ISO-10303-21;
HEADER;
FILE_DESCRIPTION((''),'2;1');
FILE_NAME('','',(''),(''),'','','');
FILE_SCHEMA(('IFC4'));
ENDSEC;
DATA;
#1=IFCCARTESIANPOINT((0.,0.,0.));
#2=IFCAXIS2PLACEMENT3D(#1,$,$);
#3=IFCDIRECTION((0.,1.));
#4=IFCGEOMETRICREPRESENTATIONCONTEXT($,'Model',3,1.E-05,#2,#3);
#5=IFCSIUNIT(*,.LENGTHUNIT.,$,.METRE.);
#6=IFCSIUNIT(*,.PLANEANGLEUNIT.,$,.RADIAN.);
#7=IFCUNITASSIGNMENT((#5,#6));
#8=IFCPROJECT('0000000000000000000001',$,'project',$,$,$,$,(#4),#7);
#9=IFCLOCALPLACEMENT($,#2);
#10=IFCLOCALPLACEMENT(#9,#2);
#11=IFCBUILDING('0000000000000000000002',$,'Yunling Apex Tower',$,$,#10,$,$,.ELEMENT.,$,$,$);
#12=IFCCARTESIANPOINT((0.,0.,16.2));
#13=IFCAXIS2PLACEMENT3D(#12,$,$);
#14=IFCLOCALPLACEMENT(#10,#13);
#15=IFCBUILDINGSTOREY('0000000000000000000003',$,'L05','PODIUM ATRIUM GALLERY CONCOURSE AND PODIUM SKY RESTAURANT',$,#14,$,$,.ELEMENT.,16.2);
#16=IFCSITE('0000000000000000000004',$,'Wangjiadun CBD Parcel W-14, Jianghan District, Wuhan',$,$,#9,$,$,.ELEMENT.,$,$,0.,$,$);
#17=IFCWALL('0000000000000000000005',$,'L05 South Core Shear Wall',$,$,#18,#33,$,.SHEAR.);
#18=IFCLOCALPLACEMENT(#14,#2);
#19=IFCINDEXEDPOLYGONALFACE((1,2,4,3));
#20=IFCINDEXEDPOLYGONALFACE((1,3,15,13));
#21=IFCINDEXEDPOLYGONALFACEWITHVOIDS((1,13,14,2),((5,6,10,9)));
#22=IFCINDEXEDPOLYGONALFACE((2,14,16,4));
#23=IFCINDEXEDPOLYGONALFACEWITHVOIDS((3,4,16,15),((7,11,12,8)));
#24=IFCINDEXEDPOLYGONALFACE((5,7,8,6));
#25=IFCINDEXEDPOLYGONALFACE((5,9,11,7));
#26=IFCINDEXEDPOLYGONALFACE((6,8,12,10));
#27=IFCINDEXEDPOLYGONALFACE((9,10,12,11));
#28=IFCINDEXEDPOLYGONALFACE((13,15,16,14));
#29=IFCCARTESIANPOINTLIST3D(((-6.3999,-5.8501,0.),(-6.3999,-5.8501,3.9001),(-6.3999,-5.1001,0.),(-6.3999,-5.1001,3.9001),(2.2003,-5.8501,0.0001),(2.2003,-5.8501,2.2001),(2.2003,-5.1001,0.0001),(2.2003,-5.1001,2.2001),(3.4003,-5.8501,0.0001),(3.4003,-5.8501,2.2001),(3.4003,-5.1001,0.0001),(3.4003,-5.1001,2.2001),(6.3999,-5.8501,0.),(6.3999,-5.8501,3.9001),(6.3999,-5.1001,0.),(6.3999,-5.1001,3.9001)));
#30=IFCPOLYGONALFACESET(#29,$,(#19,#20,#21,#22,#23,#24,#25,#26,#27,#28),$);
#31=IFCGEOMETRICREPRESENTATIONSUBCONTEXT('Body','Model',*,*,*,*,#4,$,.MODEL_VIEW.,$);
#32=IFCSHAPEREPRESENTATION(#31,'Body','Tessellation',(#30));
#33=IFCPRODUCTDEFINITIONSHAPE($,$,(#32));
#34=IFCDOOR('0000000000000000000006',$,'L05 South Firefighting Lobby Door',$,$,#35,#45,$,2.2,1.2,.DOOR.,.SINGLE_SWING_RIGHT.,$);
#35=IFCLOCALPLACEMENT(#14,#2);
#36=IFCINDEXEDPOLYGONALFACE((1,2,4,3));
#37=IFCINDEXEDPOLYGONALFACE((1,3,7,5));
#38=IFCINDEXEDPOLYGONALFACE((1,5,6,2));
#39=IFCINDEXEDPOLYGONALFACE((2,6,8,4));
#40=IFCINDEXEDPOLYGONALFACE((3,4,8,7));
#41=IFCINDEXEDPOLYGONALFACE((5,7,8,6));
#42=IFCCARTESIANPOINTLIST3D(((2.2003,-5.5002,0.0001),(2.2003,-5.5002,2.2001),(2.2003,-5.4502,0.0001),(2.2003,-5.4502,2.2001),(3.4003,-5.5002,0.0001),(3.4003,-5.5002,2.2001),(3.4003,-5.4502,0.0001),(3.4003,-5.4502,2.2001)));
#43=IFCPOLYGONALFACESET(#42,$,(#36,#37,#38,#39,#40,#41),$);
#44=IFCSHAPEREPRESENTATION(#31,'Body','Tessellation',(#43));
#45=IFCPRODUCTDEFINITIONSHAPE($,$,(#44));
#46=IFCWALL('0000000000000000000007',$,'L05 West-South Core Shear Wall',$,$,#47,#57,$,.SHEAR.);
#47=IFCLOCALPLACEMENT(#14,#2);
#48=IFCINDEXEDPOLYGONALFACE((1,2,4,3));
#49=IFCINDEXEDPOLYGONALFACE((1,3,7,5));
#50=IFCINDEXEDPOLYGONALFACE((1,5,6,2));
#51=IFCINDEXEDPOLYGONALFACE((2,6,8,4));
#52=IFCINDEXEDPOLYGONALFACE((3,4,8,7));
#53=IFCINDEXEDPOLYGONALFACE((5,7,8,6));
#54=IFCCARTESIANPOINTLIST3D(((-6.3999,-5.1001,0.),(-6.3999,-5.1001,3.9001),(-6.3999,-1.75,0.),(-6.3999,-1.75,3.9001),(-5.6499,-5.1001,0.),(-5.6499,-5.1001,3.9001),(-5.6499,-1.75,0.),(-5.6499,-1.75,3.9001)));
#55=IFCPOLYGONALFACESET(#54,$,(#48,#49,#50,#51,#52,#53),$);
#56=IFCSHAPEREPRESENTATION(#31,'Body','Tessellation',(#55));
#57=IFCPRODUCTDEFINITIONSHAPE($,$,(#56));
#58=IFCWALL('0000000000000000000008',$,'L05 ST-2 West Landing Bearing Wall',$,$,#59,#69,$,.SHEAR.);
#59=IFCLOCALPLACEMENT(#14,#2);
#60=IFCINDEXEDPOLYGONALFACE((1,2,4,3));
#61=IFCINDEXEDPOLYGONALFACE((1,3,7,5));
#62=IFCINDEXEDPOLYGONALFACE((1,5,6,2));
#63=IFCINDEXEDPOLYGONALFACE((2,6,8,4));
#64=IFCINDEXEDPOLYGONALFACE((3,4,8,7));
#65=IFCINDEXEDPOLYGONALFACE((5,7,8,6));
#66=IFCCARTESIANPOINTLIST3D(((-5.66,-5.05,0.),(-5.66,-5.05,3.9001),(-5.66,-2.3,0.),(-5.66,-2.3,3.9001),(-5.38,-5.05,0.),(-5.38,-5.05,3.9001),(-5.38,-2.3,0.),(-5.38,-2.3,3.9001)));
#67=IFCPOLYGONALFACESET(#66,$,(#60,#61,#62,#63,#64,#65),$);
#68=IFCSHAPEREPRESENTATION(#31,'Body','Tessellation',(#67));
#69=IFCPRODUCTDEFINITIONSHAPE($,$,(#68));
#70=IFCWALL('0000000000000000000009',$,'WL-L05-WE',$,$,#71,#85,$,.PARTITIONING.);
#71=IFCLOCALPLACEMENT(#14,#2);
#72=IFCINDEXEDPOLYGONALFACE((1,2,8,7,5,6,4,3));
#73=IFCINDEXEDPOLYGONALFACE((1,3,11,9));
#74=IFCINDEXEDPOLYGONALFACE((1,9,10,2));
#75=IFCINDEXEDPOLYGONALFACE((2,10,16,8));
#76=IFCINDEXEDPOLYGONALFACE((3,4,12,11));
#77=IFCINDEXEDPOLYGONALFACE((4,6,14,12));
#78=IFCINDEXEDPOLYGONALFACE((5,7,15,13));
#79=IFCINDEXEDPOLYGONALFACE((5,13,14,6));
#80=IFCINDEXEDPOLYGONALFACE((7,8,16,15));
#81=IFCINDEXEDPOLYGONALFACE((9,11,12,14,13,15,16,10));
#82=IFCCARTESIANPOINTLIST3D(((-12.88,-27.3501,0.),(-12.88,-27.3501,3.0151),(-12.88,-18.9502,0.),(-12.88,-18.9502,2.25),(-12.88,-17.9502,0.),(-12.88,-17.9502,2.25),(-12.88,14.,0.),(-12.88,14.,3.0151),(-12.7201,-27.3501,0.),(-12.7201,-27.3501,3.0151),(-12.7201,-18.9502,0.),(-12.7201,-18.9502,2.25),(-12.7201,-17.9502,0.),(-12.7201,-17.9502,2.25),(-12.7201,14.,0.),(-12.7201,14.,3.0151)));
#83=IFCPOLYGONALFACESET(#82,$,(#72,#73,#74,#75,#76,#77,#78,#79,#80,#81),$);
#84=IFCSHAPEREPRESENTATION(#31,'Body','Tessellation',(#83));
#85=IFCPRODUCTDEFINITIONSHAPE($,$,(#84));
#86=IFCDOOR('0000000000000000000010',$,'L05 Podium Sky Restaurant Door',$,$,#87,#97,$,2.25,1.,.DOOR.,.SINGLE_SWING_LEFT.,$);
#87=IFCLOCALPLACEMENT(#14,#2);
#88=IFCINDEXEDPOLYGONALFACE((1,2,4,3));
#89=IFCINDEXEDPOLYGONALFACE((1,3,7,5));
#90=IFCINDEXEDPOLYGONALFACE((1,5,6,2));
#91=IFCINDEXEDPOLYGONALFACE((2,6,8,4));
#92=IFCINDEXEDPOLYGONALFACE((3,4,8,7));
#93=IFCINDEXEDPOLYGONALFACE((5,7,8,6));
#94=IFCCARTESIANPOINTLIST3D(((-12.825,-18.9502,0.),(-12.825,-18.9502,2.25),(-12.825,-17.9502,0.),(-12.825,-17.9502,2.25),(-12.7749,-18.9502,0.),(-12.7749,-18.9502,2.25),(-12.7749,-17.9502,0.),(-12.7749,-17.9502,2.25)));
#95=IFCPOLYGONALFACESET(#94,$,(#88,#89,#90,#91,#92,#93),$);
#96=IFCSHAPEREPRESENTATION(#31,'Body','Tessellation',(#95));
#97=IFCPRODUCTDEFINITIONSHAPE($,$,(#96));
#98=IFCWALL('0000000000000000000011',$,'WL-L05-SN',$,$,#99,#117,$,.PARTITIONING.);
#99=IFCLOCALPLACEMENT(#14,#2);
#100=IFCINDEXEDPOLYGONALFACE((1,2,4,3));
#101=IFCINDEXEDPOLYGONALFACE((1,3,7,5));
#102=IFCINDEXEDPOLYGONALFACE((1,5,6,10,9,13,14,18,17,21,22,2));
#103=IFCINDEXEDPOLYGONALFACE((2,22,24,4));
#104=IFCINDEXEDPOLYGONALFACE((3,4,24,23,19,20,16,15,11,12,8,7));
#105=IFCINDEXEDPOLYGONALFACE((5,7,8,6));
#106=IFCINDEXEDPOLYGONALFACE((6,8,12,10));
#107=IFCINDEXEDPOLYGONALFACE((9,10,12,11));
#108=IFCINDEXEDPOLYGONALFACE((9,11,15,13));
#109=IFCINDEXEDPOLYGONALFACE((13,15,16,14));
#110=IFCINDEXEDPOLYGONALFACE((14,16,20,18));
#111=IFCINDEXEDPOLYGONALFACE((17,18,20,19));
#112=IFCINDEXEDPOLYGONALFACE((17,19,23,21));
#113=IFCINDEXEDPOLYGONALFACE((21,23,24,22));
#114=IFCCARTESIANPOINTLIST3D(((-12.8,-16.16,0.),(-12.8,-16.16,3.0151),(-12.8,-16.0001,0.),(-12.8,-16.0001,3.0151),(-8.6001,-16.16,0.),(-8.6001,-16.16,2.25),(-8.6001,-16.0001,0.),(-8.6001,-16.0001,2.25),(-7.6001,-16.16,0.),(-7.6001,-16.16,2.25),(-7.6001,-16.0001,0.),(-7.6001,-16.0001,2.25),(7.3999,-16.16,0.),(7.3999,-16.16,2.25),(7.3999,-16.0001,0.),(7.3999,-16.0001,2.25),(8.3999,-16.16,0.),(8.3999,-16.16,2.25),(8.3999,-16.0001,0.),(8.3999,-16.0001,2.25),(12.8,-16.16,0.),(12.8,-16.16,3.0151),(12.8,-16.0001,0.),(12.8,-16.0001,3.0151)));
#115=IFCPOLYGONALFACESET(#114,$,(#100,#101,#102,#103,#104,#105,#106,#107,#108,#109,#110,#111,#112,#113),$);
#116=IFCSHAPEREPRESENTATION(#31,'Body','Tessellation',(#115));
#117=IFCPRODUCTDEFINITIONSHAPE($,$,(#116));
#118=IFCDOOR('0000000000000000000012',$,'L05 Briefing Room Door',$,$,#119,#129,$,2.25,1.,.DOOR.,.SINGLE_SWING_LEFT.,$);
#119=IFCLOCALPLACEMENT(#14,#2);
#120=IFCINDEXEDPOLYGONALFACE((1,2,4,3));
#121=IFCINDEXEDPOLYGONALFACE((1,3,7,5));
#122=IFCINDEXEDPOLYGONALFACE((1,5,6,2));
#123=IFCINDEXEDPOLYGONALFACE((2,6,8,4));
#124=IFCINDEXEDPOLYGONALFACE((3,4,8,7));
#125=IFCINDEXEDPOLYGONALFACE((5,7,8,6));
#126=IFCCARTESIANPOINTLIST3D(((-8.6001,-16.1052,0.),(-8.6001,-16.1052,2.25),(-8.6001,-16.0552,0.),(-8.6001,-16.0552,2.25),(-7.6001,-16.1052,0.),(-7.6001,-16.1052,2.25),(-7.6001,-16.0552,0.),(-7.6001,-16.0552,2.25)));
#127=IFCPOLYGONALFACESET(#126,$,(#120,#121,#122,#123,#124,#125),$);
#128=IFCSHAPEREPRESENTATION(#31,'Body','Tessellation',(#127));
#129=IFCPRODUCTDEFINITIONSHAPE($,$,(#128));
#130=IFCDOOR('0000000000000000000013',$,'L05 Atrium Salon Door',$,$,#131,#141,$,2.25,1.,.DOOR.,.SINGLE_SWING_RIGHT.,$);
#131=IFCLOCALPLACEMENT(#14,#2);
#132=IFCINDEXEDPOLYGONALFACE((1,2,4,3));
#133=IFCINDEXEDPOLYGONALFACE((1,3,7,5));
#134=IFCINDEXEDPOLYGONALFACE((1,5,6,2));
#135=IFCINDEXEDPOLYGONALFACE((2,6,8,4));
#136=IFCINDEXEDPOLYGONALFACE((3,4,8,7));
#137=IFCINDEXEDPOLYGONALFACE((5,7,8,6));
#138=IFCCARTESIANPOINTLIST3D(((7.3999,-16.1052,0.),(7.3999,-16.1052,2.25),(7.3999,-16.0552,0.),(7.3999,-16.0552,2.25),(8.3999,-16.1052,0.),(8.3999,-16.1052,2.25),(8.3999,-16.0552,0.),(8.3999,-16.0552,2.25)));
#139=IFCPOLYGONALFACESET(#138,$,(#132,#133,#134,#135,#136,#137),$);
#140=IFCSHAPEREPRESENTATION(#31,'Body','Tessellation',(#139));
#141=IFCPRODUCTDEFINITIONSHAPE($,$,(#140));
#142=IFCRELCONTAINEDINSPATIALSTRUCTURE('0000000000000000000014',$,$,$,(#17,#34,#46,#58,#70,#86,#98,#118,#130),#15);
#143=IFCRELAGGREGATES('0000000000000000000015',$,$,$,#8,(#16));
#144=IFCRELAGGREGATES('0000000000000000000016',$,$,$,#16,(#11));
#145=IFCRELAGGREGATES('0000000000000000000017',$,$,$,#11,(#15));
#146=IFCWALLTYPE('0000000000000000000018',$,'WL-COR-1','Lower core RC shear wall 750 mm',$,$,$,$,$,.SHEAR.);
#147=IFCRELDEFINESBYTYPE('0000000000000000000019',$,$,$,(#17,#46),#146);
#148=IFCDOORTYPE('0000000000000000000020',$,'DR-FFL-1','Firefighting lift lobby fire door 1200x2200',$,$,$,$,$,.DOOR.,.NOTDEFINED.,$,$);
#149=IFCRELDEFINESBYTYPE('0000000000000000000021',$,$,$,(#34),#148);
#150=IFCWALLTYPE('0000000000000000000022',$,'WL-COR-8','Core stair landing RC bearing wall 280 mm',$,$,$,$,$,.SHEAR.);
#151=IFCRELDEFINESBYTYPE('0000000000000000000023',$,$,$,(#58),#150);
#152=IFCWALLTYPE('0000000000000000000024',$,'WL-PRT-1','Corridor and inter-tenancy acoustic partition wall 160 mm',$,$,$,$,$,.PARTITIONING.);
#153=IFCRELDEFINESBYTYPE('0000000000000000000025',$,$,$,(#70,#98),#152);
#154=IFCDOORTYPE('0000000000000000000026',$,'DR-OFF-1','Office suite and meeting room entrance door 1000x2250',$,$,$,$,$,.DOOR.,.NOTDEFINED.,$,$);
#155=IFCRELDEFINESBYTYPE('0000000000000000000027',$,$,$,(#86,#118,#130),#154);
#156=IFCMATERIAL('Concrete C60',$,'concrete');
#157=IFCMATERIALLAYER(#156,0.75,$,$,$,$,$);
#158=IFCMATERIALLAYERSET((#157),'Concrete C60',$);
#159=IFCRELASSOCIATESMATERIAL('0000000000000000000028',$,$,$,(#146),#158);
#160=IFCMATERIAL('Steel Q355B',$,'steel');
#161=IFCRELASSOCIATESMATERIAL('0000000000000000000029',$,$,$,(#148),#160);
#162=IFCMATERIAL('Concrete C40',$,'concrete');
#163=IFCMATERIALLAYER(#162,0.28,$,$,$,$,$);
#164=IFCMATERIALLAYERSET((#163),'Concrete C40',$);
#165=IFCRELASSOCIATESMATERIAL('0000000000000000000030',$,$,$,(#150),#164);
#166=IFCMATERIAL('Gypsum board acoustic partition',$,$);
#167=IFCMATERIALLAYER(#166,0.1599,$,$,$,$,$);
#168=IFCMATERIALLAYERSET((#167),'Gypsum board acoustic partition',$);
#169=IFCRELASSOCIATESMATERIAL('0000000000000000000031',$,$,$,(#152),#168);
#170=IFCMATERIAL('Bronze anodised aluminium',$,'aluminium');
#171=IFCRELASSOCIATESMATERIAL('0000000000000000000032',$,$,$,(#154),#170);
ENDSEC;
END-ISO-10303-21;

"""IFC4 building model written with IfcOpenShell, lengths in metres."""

from ifc_helpers import new_model, si_unit, direction, frame, frame_2d, origin, place, context, subcontext, project, spatial, rectangle, extrude, material, layer, layer_set, type_object, element, fill, save


model = new_model("IFC4")

# Units and contexts
model_context = context("Model", 3, precision=1e-05, world=origin(), true_north=direction((0.0, 1.0)))
body_context = subcontext(model_context, "Body", "Model", "MODEL_VIEW")
ifc_project = project(units=[si_unit("LENGTHUNIT", "METRE"), si_unit("PLANEANGLEUNIT", "RADIAN")], contexts=[model_context])

# Site, building, storey
site_placement = place(None, origin())
site = spatial("IfcSite", under=ifc_project, at=site_placement, Name="Wangjiadun CBD Parcel W-14, Jianghan District, Wuhan", CompositionType="ELEMENT", RefElevation=0.0)
building_placement = place(site_placement, origin())
building = spatial("IfcBuilding", under=site, at=building_placement, Name="Yunling Apex Tower", CompositionType="ELEMENT")
storey_placement = place(building_placement, frame((0.0, 0.0, 16.2)))
storey = spatial("IfcBuildingStorey", under=building, at=storey_placement, Name="L05", Description="PODIUM ATRIUM GALLERY CONCOURSE AND PODIUM SKY RESTAURANT", CompositionType="ELEMENT", Elevation=16.2)

# Shared definitions
ifc_material_1 = material(Name="Concrete C60", Category="concrete")

# Shared definitions
ifc_material_2 = material(Name="Steel Q355B", Category="steel")

# Wall, opening, door
ifc_layer_1 = layer(ifc_material_1, 0.75)
ifc_layer_set_1 = layer_set([ifc_layer_1], Name="Concrete C60")
wall_type_1 = type_object("IfcWallType", Name="WL-COR-1", Description="Lower core RC shear wall 750 mm", PredefinedType="SHEAR", material=ifc_layer_set_1)
wall_1_placement = place(storey_placement, frame((-6.3999, -5.4751, 0.0), z_axis=(0.0, 0.0, 1.0), x_axis=(1.0, 0.0, 0.0)))
wall_1 = element("IfcWall", 1, at=wall_1_placement, inside=storey, type_object=wall_type_1, Name="L05 South Core Shear Wall", PredefinedType="SHEAR", context=body_context, shape_type="SweptSolid", body=[
    extrude(rectangle(XDim=12.7998, YDim=0.75, at=frame_2d((6.3999, 0.0))), origin(), (0.0, 0.0, 1.0), 3.9001),
])
opening_1_placement = place(wall_1_placement, frame((8.6001, 0.0, 0.0)))
opening_1 = element("IfcOpeningElement", 2, at=opening_1_placement, cuts=wall_1, PredefinedType="OPENING", context=body_context, shape_type="SweptSolid", body=[
    extrude(rectangle(XDim=1.2, YDim=2.2, at=frame_2d((0.6001, 1.1001))), frame((0.0, 0.385, 0.0), z_axis=(0.0, -1.0, 0.0), x_axis=(1.0, 0.0, 0.0)), (0.0, 0.0, 1.0), 0.77),
])
door_type_1 = type_object("IfcDoorType", Name="DR-FFL-1", Description="Firefighting lift lobby fire door 1200x2200", OperationType="NOTDEFINED", PredefinedType="DOOR", material=ifc_material_2)
door_1_placement = place(opening_1_placement, origin())
door_1 = element("IfcDoor", 3, at=door_1_placement, inside=storey, type_object=door_type_1, Name="L05 South Firefighting Lobby Door", OperationType="SINGLE_SWING_RIGHT", OverallHeight=2.2, OverallWidth=1.2, PredefinedType="DOOR", context=body_context, shape_type="SweptSolid", body=[
    extrude(rectangle(XDim=1.2, YDim=2.2, at=frame_2d((0.6001, 1.1001))), frame((0.0, 0.0249, 0.0), z_axis=(0.0, -1.0, 0.0), x_axis=(1.0, 0.0, 0.0)), (0.0, 0.0, 1.0), 0.05),
])
fill(opening_1, door_1)

# Walls
wall_2_placement = place(storey_placement, frame((-6.0249, -5.1001, 0.0), z_axis=(0.0, 0.0, 1.0), x_axis=(0.0, 1.0, 0.0)))
element("IfcWall", 4, at=wall_2_placement, inside=storey, type_object=wall_type_1, Name="L05 West-South Core Shear Wall", PredefinedType="SHEAR", context=body_context, shape_type="SweptSolid", body=[
    extrude(rectangle(XDim=3.3501, YDim=0.75, at=frame_2d((1.675, 0.0))), origin(), (0.0, 0.0, 1.0), 3.9001),
])
ifc_material_3 = material(Name="Concrete C40", Category="concrete")
ifc_layer_2 = layer(ifc_material_3, 0.28)
ifc_layer_set_2 = layer_set([ifc_layer_2], Name="Concrete C40")
wall_type_2 = type_object("IfcWallType", Name="WL-COR-8", Description="Core stair landing RC bearing wall 280 mm", PredefinedType="SHEAR", material=ifc_layer_set_2)
wall_3_placement = place(storey_placement, frame((-5.52, -5.05, 0.0), z_axis=(0.0, 0.0, 1.0), x_axis=(0.0, 1.0, 0.0)))
element("IfcWall", 5, at=wall_3_placement, inside=storey, type_object=wall_type_2, Name="L05 ST-2 West Landing Bearing Wall", PredefinedType="SHEAR", context=body_context, shape_type="SweptSolid", body=[
    extrude(rectangle(XDim=2.75, YDim=0.28, at=frame_2d((1.375, 0.0))), origin(), (0.0, 0.0, 1.0), 3.9001),
])

# Wall, opening, door
ifc_material_4 = material(Name="Gypsum board acoustic partition")
ifc_layer_3 = layer(ifc_material_4, 0.1599)
ifc_layer_set_3 = layer_set([ifc_layer_3], Name="Gypsum board acoustic partition")
wall_type_3 = type_object("IfcWallType", Name="WL-PRT-1", Description="Corridor and inter-tenancy acoustic partition wall 160 mm", PredefinedType="PARTITIONING", material=ifc_layer_set_3)
wall_4_placement = place(storey_placement, frame((-12.8, -27.3501, 0.0), z_axis=(0.0, 0.0, 1.0), x_axis=(0.0, 1.0, 0.0)))
wall_4 = element("IfcWall", 6, at=wall_4_placement, inside=storey, type_object=wall_type_3, Name="WL-L05-WE", PredefinedType="PARTITIONING", context=body_context, shape_type="SweptSolid", body=[
    extrude(rectangle(XDim=41.3501, YDim=0.1599, at=frame_2d((20.675, 0.0))), origin(), (0.0, 0.0, 1.0), 3.0151),
])
opening_2_placement = place(wall_4_placement, frame((8.3999, 0.0, 0.0)))
opening_2 = element("IfcOpeningElement", 7, at=opening_2_placement, cuts=wall_4, PredefinedType="OPENING", context=body_context, shape_type="SweptSolid", body=[
    extrude(rectangle(XDim=1.0, YDim=2.25, at=frame_2d((0.5, 1.125))), frame((0.0, 0.0898, 0.0), z_axis=(0.0, -1.0, 0.0), x_axis=(1.0, 0.0, 0.0)), (0.0, 0.0, 1.0), 0.1799),
])
ifc_material_5 = material(Name="Bronze anodised aluminium", Category="aluminium")
door_type_2 = type_object("IfcDoorType", Name="DR-OFF-1", Description="Office suite and meeting room entrance door 1000x2250", OperationType="NOTDEFINED", PredefinedType="DOOR", material=ifc_material_5)
door_2_placement = place(opening_2_placement, origin())
door_2 = element("IfcDoor", 8, at=door_2_placement, inside=storey, type_object=door_type_2, Name="L05 Podium Sky Restaurant Door", OperationType="SINGLE_SWING_LEFT", OverallHeight=2.25, OverallWidth=1.0, PredefinedType="DOOR", context=body_context, shape_type="SweptSolid", body=[
    extrude(rectangle(XDim=1.0, YDim=2.25, at=frame_2d((0.5, 1.125))), frame((0.0, 0.0249, 0.0), z_axis=(0.0, -1.0, 0.0), x_axis=(1.0, 0.0, 0.0)), (0.0, 0.0, 1.0), 0.05),
])
fill(opening_2, door_2)

# Wall, openings, doors
wall_5_placement = place(storey_placement, frame((-12.8, -16.0801, 0.0), z_axis=(0.0, 0.0, 1.0), x_axis=(1.0, 0.0, 0.0)))
wall_5 = element("IfcWall", 9, at=wall_5_placement, inside=storey, type_object=wall_type_3, Name="WL-L05-SN", PredefinedType="PARTITIONING", context=body_context, shape_type="SweptSolid", body=[
    extrude(rectangle(XDim=25.6001, YDim=0.1599, at=frame_2d((12.8, 0.0))), origin(), (0.0, 0.0, 1.0), 3.0151),
])
opening_3_placement = place(wall_5_placement, frame((4.2, 0.0, 0.0)))
opening_3 = element("IfcOpeningElement", 10, at=opening_3_placement, cuts=wall_5, PredefinedType="OPENING", context=body_context, shape_type="SweptSolid", body=[
    extrude(rectangle(XDim=1.0, YDim=2.25, at=frame_2d((0.5, 1.125))), frame((0.0, 0.0898, 0.0), z_axis=(0.0, -1.0, 0.0), x_axis=(1.0, 0.0, 0.0)), (0.0, 0.0, 1.0), 0.1799),
])
opening_4_placement = place(wall_5_placement, frame((20.2, 0.0, 0.0)))
opening_4 = element("IfcOpeningElement", 11, at=opening_4_placement, cuts=wall_5, PredefinedType="OPENING", context=body_context, shape_type="SweptSolid", body=[
    extrude(rectangle(XDim=1.0, YDim=2.25, at=frame_2d((0.5, 1.125))), frame((0.0, 0.0898, 0.0), z_axis=(0.0, -1.0, 0.0), x_axis=(1.0, 0.0, 0.0)), (0.0, 0.0, 1.0), 0.1799),
])
door_3_placement = place(opening_3_placement, origin())
door_3 = element("IfcDoor", 12, at=door_3_placement, inside=storey, type_object=door_type_2, Name="L05 Briefing Room Door", OperationType="SINGLE_SWING_LEFT", OverallHeight=2.25, OverallWidth=1.0, PredefinedType="DOOR", context=body_context, shape_type="SweptSolid", body=[
    extrude(rectangle(XDim=1.0, YDim=2.25, at=frame_2d((0.5, 1.125))), frame((0.0, 0.0249, 0.0), z_axis=(0.0, -1.0, 0.0), x_axis=(1.0, 0.0, 0.0)), (0.0, 0.0, 1.0), 0.05),
])
fill(opening_3, door_3)
door_4_placement = place(opening_4_placement, origin())
door_4 = element("IfcDoor", 13, at=door_4_placement, inside=storey, type_object=door_type_2, Name="L05 Atrium Salon Door", OperationType="SINGLE_SWING_RIGHT", OverallHeight=2.25, OverallWidth=1.0, PredefinedType="DOOR", context=body_context, shape_type="SweptSolid", body=[
    extrude(rectangle(XDim=1.0, YDim=2.25, at=frame_2d((0.5, 1.125))), frame((0.0, 0.0249, 0.0), z_axis=(0.0, -1.0, 0.0), x_axis=(1.0, 0.0, 0.0)), (0.0, 0.0, 1.0), 0.05),
])
fill(opening_4, door_4)

save(model, "model.ifc")
